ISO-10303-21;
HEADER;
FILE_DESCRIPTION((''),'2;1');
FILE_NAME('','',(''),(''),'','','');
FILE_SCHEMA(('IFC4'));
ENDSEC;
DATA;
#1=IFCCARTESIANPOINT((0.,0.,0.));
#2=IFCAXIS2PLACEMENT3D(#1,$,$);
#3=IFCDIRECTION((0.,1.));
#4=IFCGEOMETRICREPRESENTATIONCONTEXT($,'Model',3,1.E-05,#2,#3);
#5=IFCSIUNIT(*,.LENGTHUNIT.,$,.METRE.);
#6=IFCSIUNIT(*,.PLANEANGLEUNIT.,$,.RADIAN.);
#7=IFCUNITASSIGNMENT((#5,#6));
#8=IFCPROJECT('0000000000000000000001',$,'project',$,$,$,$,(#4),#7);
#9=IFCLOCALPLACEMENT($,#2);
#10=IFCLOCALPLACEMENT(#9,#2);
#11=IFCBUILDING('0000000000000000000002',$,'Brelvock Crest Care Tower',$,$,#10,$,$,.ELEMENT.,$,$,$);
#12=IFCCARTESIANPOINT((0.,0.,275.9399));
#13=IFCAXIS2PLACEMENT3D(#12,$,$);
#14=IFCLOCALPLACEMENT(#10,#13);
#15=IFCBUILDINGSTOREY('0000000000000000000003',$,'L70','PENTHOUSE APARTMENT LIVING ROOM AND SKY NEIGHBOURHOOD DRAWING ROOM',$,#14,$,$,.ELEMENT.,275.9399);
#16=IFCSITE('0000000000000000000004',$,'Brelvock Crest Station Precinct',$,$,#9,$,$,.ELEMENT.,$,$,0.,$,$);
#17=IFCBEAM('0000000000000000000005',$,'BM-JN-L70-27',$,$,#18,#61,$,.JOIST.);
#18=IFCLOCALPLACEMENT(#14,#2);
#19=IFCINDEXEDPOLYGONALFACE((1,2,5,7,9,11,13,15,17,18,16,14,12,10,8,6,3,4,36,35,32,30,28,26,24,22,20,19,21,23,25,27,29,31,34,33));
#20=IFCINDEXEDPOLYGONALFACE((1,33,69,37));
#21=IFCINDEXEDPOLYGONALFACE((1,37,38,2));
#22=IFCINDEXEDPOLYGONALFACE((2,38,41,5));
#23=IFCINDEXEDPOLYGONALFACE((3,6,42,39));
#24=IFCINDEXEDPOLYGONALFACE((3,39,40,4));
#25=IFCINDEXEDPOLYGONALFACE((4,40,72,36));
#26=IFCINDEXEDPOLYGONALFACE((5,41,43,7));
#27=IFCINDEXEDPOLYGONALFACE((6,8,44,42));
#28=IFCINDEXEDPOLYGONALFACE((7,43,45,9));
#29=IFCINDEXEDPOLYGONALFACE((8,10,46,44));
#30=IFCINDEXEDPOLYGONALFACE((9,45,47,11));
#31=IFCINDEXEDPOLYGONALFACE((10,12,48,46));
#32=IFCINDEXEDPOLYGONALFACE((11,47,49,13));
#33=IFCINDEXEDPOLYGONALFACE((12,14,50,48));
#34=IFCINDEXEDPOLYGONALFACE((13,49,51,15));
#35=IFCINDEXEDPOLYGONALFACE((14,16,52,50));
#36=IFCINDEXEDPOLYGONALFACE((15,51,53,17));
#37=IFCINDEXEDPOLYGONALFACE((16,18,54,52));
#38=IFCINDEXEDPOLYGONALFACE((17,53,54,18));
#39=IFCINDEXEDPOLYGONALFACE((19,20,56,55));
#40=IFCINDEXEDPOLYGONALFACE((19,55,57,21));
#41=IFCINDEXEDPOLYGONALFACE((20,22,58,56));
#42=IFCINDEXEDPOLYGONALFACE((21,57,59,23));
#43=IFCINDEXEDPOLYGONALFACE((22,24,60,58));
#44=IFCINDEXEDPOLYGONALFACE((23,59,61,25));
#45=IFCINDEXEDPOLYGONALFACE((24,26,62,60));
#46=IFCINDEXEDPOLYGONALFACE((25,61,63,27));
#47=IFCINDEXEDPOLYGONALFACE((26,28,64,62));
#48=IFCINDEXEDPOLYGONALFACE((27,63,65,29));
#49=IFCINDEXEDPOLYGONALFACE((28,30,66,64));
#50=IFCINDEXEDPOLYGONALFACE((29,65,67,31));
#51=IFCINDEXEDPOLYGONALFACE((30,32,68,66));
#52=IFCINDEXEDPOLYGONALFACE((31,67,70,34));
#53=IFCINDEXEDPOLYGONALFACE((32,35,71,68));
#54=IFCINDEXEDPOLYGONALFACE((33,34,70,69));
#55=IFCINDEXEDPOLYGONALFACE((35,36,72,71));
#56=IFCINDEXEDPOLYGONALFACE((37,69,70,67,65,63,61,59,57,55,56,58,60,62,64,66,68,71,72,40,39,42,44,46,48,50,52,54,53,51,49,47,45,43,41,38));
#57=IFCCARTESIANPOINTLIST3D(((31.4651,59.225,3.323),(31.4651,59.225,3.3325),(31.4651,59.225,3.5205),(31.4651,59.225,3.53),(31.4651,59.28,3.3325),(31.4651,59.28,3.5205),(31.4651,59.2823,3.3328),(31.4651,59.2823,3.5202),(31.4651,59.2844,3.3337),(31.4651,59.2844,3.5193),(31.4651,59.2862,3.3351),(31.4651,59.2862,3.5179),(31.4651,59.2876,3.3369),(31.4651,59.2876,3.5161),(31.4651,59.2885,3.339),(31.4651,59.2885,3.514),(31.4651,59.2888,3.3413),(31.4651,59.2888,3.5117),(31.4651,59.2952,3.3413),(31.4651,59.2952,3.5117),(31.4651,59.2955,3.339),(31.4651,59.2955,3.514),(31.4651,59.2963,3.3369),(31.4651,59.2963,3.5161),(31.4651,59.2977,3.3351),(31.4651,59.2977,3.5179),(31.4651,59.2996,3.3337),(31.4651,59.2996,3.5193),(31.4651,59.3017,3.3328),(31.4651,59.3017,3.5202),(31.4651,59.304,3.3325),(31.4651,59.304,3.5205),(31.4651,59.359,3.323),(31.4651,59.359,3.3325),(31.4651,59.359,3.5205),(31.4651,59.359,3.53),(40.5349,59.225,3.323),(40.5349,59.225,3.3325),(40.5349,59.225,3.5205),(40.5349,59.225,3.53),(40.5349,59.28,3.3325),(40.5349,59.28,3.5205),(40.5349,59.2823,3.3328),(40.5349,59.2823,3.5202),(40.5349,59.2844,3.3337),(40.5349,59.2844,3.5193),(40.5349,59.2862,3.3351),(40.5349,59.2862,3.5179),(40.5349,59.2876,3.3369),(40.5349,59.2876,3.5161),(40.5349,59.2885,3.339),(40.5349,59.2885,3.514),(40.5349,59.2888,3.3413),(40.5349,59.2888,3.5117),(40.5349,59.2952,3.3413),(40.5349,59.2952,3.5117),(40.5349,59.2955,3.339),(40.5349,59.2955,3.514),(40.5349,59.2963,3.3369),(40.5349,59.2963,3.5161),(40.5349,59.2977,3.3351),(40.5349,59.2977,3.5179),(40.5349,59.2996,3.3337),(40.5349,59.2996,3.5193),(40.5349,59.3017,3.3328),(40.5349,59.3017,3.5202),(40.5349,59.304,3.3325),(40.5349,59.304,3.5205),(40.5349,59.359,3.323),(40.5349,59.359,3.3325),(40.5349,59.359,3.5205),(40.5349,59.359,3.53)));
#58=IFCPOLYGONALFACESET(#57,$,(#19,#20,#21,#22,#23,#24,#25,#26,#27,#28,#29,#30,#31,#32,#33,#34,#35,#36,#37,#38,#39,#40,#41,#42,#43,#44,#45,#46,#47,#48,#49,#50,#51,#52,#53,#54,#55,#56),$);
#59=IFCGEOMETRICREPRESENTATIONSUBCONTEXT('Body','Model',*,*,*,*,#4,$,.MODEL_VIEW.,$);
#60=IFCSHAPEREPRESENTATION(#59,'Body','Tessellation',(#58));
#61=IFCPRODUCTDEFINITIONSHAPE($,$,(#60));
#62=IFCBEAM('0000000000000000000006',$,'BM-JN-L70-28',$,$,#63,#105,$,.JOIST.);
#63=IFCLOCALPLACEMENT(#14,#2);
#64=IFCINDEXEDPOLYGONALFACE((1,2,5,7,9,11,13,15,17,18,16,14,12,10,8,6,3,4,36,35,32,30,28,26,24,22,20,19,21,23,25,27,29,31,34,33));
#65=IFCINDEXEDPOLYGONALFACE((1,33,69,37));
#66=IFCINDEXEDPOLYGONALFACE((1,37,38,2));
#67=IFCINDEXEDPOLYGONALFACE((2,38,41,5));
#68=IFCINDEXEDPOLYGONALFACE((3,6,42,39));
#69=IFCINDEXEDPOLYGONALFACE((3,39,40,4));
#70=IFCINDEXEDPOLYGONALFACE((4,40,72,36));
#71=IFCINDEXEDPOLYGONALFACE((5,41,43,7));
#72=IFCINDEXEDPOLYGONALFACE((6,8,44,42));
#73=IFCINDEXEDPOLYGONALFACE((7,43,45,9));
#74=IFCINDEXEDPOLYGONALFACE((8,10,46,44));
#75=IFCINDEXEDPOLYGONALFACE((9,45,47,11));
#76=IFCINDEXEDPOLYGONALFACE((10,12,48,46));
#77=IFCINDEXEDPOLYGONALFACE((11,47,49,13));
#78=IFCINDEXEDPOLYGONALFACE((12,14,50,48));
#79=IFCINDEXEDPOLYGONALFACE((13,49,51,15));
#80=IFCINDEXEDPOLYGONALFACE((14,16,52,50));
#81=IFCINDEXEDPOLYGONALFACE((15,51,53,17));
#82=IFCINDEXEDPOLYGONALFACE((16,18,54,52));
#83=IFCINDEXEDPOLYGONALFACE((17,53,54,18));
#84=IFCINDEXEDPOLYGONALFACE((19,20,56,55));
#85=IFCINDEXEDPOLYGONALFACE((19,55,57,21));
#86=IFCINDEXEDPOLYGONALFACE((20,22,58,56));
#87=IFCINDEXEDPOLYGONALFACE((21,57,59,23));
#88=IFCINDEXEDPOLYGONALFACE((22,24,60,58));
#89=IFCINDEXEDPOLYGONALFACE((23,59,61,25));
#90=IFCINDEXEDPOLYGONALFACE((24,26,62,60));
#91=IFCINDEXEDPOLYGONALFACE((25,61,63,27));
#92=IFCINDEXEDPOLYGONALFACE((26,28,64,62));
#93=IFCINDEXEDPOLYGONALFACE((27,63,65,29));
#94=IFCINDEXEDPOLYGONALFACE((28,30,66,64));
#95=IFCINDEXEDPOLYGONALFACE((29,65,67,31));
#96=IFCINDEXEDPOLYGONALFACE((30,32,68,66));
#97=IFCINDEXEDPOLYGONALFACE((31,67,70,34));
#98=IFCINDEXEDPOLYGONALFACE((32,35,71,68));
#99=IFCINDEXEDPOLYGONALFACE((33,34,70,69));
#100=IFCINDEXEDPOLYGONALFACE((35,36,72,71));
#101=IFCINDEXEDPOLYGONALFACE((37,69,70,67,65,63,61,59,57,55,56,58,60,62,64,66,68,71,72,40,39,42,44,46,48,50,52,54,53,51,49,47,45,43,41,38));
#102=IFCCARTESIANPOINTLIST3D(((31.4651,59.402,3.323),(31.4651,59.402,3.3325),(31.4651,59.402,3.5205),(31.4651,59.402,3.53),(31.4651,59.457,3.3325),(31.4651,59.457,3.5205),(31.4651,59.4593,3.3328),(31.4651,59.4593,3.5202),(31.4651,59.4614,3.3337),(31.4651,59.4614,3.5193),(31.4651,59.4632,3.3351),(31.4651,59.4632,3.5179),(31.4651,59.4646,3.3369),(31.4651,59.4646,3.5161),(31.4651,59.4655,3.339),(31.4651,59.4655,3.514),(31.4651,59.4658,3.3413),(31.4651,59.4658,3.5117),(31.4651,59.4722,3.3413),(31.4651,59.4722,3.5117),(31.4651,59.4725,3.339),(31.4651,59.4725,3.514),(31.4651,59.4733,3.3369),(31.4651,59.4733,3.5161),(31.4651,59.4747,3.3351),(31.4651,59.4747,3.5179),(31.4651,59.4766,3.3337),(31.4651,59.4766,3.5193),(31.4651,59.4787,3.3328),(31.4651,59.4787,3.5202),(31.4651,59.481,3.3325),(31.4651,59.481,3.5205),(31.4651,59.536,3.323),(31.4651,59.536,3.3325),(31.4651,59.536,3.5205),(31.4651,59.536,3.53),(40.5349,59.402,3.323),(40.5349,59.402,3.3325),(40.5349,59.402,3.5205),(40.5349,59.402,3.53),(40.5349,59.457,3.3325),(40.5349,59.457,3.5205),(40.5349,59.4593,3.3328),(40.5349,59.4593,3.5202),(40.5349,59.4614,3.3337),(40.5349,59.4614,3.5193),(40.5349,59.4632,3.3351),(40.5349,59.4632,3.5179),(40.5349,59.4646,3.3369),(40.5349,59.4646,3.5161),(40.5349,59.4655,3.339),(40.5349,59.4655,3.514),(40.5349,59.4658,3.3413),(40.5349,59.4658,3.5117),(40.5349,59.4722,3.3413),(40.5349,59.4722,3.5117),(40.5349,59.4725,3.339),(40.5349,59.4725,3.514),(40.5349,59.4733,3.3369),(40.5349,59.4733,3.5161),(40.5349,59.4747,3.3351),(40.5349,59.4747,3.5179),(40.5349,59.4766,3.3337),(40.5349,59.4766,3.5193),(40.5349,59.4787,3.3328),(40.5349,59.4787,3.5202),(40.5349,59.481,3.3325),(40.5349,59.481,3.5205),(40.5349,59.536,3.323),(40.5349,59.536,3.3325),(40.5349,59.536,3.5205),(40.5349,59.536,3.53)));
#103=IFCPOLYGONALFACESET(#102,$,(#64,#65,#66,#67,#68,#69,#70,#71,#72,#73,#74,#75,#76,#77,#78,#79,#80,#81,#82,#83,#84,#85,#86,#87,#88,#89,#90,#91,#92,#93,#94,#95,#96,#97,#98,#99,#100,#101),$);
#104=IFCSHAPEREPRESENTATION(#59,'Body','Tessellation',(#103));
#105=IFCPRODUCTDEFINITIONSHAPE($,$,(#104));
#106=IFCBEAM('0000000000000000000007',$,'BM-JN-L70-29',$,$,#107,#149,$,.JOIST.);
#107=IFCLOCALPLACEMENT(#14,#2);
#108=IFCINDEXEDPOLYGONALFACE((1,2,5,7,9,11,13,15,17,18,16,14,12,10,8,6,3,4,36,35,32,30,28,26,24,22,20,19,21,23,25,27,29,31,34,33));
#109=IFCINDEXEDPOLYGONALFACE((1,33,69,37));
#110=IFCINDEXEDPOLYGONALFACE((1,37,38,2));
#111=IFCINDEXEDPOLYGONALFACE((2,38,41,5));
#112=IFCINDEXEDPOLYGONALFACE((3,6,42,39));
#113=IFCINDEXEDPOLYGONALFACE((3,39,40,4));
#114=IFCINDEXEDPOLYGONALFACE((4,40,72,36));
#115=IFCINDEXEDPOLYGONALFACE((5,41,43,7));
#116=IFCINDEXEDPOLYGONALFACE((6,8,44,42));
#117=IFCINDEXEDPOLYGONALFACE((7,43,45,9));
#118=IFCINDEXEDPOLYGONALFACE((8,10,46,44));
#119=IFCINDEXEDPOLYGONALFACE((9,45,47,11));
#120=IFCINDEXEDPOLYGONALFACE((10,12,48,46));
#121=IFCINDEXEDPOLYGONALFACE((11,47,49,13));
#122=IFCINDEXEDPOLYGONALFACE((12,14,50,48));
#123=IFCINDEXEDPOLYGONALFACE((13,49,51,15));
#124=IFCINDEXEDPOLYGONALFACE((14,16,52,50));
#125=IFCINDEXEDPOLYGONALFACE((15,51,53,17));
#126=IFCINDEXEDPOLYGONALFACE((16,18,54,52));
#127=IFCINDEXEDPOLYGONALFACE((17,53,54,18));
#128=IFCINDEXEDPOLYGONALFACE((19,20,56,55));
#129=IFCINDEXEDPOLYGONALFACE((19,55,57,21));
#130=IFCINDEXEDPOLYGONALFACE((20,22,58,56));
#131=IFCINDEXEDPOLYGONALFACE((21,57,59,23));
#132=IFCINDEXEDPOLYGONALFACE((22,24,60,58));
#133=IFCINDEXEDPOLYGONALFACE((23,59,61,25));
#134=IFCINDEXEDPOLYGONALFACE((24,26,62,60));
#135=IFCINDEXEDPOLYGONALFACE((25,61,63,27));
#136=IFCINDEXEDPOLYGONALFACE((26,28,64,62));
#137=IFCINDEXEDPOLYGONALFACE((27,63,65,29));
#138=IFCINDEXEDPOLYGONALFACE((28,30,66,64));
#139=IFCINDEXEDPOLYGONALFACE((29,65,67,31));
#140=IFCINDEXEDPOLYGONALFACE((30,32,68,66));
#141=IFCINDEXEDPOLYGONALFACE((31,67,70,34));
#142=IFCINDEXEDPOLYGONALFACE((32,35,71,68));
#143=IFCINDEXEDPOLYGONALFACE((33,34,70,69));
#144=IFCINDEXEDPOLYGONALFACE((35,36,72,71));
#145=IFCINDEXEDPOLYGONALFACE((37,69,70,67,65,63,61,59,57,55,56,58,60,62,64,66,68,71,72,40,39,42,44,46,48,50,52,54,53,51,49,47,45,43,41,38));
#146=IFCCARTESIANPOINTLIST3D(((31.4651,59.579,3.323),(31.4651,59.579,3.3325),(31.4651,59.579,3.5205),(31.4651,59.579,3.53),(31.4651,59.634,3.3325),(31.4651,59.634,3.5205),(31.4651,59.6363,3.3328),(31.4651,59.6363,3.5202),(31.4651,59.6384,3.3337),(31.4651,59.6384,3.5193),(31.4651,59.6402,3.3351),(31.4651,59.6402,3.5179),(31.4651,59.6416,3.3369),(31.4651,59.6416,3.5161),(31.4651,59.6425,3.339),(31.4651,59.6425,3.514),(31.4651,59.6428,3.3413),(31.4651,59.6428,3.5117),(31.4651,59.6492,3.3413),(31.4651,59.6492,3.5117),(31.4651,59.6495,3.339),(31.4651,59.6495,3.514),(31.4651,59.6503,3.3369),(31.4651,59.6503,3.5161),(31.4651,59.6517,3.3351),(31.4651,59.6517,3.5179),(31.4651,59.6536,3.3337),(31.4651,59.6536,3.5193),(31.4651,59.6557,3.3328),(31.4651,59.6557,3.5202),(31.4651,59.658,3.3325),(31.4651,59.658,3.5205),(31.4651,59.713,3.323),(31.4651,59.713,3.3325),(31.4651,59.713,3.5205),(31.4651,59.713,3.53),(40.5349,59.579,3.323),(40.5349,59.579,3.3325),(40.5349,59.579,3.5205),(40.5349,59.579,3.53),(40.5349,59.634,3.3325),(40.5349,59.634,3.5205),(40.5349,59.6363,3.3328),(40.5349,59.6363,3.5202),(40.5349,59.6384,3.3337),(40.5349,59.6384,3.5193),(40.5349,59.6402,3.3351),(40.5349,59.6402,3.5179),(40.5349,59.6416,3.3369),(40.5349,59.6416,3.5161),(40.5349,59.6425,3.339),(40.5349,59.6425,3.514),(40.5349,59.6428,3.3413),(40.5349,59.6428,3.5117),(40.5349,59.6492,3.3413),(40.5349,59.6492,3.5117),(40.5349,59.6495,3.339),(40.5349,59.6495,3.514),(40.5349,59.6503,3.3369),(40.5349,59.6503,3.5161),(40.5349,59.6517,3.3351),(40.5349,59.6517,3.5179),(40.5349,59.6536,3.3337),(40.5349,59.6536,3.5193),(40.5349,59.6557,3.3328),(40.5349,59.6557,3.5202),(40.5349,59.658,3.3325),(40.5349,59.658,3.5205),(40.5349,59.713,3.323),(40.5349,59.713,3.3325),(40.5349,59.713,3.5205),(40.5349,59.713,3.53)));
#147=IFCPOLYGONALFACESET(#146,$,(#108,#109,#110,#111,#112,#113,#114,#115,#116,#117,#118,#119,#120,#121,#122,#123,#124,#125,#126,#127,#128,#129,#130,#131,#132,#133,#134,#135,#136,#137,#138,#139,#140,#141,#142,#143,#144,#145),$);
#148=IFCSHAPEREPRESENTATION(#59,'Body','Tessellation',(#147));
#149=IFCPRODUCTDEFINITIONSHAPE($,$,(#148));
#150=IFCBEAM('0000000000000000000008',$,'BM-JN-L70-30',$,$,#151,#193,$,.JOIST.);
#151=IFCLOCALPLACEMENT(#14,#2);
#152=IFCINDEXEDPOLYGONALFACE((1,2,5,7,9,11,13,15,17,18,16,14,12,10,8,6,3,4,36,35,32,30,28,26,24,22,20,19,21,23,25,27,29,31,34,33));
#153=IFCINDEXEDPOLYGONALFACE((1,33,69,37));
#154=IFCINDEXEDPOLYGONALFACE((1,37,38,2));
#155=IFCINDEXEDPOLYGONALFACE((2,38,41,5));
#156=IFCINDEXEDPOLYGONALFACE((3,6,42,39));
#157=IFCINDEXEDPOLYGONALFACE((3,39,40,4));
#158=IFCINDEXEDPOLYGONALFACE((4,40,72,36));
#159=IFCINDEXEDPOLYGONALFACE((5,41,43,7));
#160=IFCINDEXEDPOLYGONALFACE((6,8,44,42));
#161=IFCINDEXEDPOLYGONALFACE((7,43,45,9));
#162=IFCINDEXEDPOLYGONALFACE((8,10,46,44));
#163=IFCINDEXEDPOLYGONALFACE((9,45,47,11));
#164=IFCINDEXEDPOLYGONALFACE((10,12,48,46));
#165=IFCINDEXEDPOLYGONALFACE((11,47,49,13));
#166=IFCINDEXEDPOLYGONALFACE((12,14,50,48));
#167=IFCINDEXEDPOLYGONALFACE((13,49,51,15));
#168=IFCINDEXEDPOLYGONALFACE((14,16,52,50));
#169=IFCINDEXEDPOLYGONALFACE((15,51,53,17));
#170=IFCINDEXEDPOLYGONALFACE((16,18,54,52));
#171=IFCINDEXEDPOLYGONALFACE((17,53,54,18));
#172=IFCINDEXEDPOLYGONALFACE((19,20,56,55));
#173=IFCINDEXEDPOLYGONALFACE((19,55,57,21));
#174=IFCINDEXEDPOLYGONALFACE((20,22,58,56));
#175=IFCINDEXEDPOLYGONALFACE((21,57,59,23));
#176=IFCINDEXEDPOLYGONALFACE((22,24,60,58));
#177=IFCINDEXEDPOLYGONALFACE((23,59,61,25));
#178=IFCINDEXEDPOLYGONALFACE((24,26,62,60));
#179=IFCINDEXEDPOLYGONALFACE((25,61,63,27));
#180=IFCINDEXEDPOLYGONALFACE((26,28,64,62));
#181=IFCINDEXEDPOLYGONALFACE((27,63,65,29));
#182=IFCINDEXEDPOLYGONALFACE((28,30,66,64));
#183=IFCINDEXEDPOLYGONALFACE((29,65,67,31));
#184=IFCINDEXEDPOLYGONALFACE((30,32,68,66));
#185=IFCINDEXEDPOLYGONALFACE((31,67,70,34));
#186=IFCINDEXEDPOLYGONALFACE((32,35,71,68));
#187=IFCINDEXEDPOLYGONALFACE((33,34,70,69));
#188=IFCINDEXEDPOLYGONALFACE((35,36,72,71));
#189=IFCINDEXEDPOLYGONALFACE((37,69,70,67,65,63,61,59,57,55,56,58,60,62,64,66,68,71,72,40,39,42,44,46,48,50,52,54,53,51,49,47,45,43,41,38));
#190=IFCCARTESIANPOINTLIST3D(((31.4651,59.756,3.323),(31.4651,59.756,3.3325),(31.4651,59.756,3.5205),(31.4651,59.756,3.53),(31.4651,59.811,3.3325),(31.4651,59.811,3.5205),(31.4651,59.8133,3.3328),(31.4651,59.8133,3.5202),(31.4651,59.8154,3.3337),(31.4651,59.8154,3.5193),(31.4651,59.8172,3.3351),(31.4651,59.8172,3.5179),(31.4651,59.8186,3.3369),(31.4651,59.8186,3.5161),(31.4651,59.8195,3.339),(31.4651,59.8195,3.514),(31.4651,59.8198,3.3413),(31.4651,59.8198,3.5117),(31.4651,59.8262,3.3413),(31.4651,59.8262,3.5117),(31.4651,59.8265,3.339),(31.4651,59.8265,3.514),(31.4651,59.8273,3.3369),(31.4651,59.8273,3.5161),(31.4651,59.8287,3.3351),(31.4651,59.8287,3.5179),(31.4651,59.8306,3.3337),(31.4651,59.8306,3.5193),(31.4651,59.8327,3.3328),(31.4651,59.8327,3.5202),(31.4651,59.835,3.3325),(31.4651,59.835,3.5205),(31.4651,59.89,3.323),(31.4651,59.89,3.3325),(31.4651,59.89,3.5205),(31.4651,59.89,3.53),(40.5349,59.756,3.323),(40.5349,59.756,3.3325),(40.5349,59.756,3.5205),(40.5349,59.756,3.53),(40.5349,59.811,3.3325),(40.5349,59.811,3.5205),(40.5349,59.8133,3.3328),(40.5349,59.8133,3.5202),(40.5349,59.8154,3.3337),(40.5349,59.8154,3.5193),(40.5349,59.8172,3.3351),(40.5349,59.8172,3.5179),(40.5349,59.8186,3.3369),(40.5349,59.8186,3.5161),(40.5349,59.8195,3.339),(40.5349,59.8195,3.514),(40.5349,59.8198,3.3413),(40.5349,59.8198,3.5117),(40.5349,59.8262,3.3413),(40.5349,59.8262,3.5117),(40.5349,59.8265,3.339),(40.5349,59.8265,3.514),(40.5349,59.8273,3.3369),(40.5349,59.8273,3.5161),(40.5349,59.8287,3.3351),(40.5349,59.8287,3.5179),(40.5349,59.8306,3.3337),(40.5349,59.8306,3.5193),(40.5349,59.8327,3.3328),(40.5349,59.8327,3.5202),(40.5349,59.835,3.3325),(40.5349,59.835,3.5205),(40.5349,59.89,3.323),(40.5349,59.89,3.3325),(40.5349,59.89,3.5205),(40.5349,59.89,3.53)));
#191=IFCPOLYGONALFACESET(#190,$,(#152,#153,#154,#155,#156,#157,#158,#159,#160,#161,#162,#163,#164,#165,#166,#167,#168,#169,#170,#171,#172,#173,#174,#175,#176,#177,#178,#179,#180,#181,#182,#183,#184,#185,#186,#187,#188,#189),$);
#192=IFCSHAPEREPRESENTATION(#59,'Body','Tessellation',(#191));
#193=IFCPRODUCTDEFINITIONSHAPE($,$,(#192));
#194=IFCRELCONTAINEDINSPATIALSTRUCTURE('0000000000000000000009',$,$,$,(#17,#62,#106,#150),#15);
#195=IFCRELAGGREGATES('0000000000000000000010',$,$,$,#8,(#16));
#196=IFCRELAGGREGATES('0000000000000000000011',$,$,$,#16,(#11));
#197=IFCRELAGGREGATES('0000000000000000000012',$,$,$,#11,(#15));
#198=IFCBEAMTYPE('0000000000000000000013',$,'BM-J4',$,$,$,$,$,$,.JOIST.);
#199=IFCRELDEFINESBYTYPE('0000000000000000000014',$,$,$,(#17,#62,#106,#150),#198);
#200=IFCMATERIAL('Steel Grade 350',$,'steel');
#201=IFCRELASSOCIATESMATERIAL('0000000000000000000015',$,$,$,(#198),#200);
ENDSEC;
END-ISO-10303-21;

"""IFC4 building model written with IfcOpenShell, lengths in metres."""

from ifc_helpers import new_model, si_unit, direction, frame, origin, origin_2d, place, context, subcontext, project, spatial, i_section, extrude, source, transform, mapped, material, material_profile, profile_set, type_object, element, save


model = new_model("IFC4")

# Units and contexts
model_context = context("Model", 3, precision=1e-05, world=origin(), true_north=direction((0.0, 1.0)))
body_context = subcontext(model_context, "Body", "Model", "MODEL_VIEW")
ifc_project = project(units=[si_unit("LENGTHUNIT", "METRE"), si_unit("PLANEANGLEUNIT", "RADIAN")], contexts=[model_context])

# Site, building, storey
site_placement = place(None, origin())
site = spatial("IfcSite", under=ifc_project, at=site_placement, Name="Brelvock Crest Station Precinct", CompositionType="ELEMENT", RefElevation=0.0)
building_placement = place(site_placement, origin())
building = spatial("IfcBuilding", under=site, at=building_placement, Name="Brelvock Crest Care Tower", CompositionType="ELEMENT")
storey_placement = place(building_placement, frame((0.0, 0.0, 275.9399)))
storey = spatial("IfcBuildingStorey", under=building, at=storey_placement, Name="L70", Description="PENTHOUSE APARTMENT LIVING ROOM AND SKY NEIGHBOURHOOD DRAWING ROOM", CompositionType="ELEMENT", Elevation=275.9399)

# Shared definitions
ifc_material_1 = material(Name="Steel Grade 350", Category="steel")

# Beams
ifc_material_profile_1 = material_profile(ifc_material_1, i_section(OverallWidth=0.134, OverallDepth=0.207, WebThickness=0.0063, FlangeThickness=0.0095, FilletRadius=0.0088, at=origin_2d()), Name="200UB29.8")
ifc_profile_set_1 = profile_set([ifc_material_profile_1], Name="Steel Grade 350")
beam_type_1 = type_object("IfcBeamType", Name="BM-J4", PredefinedType="JOIST", material=ifc_profile_set_1)
shared_shape_1 = source(origin(), body_context, "Body", "SweptSolid", [
    extrude(i_section(OverallWidth=0.134, OverallDepth=0.207, WebThickness=0.0063, FlangeThickness=0.0095, FilletRadius=0.0088, at=origin_2d()), origin(), (0.0, 0.0, 1.0), 9.0698),
])
for number, where, z_axis, x_axis, name in (
    (1, (31.4651, 59.292, 3.4265), (1.0, 0.0, 0.0), (0.0, 1.0, 0.0), "BM-JN-L70-27"),
    (2, (31.4651, 59.469, 3.4265), (1.0, 0.0, 0.0), (0.0, 1.0, 0.0), "BM-JN-L70-28"),
    (3, (31.4651, 59.646, 3.4265), (1.0, 0.0, 0.0), (0.0, 1.0, 0.0), "BM-JN-L70-29"),
    (4, (31.4651, 59.823, 3.4265), (1.0, 0.0, 0.0), (0.0, 1.0, 0.0), "BM-JN-L70-30"),
):
    element("IfcBeam", number, at=place(storey_placement, frame(where, z_axis=z_axis, x_axis=x_axis)), inside=storey, type_object=beam_type_1, Name=name, PredefinedType="JOIST", context=body_context, shape_type="MappedRepresentation", body=[
        mapped(shared_shape_1, transform((0.0, 0.0, 0.0), x_axis=(1.0, 0.0, 0.0), y_axis=(0.0, 1.0, 0.0), z_axis=(0.0, 0.0, 1.0), scale=1.0)),
    ])

save(model, "model.ifc")
